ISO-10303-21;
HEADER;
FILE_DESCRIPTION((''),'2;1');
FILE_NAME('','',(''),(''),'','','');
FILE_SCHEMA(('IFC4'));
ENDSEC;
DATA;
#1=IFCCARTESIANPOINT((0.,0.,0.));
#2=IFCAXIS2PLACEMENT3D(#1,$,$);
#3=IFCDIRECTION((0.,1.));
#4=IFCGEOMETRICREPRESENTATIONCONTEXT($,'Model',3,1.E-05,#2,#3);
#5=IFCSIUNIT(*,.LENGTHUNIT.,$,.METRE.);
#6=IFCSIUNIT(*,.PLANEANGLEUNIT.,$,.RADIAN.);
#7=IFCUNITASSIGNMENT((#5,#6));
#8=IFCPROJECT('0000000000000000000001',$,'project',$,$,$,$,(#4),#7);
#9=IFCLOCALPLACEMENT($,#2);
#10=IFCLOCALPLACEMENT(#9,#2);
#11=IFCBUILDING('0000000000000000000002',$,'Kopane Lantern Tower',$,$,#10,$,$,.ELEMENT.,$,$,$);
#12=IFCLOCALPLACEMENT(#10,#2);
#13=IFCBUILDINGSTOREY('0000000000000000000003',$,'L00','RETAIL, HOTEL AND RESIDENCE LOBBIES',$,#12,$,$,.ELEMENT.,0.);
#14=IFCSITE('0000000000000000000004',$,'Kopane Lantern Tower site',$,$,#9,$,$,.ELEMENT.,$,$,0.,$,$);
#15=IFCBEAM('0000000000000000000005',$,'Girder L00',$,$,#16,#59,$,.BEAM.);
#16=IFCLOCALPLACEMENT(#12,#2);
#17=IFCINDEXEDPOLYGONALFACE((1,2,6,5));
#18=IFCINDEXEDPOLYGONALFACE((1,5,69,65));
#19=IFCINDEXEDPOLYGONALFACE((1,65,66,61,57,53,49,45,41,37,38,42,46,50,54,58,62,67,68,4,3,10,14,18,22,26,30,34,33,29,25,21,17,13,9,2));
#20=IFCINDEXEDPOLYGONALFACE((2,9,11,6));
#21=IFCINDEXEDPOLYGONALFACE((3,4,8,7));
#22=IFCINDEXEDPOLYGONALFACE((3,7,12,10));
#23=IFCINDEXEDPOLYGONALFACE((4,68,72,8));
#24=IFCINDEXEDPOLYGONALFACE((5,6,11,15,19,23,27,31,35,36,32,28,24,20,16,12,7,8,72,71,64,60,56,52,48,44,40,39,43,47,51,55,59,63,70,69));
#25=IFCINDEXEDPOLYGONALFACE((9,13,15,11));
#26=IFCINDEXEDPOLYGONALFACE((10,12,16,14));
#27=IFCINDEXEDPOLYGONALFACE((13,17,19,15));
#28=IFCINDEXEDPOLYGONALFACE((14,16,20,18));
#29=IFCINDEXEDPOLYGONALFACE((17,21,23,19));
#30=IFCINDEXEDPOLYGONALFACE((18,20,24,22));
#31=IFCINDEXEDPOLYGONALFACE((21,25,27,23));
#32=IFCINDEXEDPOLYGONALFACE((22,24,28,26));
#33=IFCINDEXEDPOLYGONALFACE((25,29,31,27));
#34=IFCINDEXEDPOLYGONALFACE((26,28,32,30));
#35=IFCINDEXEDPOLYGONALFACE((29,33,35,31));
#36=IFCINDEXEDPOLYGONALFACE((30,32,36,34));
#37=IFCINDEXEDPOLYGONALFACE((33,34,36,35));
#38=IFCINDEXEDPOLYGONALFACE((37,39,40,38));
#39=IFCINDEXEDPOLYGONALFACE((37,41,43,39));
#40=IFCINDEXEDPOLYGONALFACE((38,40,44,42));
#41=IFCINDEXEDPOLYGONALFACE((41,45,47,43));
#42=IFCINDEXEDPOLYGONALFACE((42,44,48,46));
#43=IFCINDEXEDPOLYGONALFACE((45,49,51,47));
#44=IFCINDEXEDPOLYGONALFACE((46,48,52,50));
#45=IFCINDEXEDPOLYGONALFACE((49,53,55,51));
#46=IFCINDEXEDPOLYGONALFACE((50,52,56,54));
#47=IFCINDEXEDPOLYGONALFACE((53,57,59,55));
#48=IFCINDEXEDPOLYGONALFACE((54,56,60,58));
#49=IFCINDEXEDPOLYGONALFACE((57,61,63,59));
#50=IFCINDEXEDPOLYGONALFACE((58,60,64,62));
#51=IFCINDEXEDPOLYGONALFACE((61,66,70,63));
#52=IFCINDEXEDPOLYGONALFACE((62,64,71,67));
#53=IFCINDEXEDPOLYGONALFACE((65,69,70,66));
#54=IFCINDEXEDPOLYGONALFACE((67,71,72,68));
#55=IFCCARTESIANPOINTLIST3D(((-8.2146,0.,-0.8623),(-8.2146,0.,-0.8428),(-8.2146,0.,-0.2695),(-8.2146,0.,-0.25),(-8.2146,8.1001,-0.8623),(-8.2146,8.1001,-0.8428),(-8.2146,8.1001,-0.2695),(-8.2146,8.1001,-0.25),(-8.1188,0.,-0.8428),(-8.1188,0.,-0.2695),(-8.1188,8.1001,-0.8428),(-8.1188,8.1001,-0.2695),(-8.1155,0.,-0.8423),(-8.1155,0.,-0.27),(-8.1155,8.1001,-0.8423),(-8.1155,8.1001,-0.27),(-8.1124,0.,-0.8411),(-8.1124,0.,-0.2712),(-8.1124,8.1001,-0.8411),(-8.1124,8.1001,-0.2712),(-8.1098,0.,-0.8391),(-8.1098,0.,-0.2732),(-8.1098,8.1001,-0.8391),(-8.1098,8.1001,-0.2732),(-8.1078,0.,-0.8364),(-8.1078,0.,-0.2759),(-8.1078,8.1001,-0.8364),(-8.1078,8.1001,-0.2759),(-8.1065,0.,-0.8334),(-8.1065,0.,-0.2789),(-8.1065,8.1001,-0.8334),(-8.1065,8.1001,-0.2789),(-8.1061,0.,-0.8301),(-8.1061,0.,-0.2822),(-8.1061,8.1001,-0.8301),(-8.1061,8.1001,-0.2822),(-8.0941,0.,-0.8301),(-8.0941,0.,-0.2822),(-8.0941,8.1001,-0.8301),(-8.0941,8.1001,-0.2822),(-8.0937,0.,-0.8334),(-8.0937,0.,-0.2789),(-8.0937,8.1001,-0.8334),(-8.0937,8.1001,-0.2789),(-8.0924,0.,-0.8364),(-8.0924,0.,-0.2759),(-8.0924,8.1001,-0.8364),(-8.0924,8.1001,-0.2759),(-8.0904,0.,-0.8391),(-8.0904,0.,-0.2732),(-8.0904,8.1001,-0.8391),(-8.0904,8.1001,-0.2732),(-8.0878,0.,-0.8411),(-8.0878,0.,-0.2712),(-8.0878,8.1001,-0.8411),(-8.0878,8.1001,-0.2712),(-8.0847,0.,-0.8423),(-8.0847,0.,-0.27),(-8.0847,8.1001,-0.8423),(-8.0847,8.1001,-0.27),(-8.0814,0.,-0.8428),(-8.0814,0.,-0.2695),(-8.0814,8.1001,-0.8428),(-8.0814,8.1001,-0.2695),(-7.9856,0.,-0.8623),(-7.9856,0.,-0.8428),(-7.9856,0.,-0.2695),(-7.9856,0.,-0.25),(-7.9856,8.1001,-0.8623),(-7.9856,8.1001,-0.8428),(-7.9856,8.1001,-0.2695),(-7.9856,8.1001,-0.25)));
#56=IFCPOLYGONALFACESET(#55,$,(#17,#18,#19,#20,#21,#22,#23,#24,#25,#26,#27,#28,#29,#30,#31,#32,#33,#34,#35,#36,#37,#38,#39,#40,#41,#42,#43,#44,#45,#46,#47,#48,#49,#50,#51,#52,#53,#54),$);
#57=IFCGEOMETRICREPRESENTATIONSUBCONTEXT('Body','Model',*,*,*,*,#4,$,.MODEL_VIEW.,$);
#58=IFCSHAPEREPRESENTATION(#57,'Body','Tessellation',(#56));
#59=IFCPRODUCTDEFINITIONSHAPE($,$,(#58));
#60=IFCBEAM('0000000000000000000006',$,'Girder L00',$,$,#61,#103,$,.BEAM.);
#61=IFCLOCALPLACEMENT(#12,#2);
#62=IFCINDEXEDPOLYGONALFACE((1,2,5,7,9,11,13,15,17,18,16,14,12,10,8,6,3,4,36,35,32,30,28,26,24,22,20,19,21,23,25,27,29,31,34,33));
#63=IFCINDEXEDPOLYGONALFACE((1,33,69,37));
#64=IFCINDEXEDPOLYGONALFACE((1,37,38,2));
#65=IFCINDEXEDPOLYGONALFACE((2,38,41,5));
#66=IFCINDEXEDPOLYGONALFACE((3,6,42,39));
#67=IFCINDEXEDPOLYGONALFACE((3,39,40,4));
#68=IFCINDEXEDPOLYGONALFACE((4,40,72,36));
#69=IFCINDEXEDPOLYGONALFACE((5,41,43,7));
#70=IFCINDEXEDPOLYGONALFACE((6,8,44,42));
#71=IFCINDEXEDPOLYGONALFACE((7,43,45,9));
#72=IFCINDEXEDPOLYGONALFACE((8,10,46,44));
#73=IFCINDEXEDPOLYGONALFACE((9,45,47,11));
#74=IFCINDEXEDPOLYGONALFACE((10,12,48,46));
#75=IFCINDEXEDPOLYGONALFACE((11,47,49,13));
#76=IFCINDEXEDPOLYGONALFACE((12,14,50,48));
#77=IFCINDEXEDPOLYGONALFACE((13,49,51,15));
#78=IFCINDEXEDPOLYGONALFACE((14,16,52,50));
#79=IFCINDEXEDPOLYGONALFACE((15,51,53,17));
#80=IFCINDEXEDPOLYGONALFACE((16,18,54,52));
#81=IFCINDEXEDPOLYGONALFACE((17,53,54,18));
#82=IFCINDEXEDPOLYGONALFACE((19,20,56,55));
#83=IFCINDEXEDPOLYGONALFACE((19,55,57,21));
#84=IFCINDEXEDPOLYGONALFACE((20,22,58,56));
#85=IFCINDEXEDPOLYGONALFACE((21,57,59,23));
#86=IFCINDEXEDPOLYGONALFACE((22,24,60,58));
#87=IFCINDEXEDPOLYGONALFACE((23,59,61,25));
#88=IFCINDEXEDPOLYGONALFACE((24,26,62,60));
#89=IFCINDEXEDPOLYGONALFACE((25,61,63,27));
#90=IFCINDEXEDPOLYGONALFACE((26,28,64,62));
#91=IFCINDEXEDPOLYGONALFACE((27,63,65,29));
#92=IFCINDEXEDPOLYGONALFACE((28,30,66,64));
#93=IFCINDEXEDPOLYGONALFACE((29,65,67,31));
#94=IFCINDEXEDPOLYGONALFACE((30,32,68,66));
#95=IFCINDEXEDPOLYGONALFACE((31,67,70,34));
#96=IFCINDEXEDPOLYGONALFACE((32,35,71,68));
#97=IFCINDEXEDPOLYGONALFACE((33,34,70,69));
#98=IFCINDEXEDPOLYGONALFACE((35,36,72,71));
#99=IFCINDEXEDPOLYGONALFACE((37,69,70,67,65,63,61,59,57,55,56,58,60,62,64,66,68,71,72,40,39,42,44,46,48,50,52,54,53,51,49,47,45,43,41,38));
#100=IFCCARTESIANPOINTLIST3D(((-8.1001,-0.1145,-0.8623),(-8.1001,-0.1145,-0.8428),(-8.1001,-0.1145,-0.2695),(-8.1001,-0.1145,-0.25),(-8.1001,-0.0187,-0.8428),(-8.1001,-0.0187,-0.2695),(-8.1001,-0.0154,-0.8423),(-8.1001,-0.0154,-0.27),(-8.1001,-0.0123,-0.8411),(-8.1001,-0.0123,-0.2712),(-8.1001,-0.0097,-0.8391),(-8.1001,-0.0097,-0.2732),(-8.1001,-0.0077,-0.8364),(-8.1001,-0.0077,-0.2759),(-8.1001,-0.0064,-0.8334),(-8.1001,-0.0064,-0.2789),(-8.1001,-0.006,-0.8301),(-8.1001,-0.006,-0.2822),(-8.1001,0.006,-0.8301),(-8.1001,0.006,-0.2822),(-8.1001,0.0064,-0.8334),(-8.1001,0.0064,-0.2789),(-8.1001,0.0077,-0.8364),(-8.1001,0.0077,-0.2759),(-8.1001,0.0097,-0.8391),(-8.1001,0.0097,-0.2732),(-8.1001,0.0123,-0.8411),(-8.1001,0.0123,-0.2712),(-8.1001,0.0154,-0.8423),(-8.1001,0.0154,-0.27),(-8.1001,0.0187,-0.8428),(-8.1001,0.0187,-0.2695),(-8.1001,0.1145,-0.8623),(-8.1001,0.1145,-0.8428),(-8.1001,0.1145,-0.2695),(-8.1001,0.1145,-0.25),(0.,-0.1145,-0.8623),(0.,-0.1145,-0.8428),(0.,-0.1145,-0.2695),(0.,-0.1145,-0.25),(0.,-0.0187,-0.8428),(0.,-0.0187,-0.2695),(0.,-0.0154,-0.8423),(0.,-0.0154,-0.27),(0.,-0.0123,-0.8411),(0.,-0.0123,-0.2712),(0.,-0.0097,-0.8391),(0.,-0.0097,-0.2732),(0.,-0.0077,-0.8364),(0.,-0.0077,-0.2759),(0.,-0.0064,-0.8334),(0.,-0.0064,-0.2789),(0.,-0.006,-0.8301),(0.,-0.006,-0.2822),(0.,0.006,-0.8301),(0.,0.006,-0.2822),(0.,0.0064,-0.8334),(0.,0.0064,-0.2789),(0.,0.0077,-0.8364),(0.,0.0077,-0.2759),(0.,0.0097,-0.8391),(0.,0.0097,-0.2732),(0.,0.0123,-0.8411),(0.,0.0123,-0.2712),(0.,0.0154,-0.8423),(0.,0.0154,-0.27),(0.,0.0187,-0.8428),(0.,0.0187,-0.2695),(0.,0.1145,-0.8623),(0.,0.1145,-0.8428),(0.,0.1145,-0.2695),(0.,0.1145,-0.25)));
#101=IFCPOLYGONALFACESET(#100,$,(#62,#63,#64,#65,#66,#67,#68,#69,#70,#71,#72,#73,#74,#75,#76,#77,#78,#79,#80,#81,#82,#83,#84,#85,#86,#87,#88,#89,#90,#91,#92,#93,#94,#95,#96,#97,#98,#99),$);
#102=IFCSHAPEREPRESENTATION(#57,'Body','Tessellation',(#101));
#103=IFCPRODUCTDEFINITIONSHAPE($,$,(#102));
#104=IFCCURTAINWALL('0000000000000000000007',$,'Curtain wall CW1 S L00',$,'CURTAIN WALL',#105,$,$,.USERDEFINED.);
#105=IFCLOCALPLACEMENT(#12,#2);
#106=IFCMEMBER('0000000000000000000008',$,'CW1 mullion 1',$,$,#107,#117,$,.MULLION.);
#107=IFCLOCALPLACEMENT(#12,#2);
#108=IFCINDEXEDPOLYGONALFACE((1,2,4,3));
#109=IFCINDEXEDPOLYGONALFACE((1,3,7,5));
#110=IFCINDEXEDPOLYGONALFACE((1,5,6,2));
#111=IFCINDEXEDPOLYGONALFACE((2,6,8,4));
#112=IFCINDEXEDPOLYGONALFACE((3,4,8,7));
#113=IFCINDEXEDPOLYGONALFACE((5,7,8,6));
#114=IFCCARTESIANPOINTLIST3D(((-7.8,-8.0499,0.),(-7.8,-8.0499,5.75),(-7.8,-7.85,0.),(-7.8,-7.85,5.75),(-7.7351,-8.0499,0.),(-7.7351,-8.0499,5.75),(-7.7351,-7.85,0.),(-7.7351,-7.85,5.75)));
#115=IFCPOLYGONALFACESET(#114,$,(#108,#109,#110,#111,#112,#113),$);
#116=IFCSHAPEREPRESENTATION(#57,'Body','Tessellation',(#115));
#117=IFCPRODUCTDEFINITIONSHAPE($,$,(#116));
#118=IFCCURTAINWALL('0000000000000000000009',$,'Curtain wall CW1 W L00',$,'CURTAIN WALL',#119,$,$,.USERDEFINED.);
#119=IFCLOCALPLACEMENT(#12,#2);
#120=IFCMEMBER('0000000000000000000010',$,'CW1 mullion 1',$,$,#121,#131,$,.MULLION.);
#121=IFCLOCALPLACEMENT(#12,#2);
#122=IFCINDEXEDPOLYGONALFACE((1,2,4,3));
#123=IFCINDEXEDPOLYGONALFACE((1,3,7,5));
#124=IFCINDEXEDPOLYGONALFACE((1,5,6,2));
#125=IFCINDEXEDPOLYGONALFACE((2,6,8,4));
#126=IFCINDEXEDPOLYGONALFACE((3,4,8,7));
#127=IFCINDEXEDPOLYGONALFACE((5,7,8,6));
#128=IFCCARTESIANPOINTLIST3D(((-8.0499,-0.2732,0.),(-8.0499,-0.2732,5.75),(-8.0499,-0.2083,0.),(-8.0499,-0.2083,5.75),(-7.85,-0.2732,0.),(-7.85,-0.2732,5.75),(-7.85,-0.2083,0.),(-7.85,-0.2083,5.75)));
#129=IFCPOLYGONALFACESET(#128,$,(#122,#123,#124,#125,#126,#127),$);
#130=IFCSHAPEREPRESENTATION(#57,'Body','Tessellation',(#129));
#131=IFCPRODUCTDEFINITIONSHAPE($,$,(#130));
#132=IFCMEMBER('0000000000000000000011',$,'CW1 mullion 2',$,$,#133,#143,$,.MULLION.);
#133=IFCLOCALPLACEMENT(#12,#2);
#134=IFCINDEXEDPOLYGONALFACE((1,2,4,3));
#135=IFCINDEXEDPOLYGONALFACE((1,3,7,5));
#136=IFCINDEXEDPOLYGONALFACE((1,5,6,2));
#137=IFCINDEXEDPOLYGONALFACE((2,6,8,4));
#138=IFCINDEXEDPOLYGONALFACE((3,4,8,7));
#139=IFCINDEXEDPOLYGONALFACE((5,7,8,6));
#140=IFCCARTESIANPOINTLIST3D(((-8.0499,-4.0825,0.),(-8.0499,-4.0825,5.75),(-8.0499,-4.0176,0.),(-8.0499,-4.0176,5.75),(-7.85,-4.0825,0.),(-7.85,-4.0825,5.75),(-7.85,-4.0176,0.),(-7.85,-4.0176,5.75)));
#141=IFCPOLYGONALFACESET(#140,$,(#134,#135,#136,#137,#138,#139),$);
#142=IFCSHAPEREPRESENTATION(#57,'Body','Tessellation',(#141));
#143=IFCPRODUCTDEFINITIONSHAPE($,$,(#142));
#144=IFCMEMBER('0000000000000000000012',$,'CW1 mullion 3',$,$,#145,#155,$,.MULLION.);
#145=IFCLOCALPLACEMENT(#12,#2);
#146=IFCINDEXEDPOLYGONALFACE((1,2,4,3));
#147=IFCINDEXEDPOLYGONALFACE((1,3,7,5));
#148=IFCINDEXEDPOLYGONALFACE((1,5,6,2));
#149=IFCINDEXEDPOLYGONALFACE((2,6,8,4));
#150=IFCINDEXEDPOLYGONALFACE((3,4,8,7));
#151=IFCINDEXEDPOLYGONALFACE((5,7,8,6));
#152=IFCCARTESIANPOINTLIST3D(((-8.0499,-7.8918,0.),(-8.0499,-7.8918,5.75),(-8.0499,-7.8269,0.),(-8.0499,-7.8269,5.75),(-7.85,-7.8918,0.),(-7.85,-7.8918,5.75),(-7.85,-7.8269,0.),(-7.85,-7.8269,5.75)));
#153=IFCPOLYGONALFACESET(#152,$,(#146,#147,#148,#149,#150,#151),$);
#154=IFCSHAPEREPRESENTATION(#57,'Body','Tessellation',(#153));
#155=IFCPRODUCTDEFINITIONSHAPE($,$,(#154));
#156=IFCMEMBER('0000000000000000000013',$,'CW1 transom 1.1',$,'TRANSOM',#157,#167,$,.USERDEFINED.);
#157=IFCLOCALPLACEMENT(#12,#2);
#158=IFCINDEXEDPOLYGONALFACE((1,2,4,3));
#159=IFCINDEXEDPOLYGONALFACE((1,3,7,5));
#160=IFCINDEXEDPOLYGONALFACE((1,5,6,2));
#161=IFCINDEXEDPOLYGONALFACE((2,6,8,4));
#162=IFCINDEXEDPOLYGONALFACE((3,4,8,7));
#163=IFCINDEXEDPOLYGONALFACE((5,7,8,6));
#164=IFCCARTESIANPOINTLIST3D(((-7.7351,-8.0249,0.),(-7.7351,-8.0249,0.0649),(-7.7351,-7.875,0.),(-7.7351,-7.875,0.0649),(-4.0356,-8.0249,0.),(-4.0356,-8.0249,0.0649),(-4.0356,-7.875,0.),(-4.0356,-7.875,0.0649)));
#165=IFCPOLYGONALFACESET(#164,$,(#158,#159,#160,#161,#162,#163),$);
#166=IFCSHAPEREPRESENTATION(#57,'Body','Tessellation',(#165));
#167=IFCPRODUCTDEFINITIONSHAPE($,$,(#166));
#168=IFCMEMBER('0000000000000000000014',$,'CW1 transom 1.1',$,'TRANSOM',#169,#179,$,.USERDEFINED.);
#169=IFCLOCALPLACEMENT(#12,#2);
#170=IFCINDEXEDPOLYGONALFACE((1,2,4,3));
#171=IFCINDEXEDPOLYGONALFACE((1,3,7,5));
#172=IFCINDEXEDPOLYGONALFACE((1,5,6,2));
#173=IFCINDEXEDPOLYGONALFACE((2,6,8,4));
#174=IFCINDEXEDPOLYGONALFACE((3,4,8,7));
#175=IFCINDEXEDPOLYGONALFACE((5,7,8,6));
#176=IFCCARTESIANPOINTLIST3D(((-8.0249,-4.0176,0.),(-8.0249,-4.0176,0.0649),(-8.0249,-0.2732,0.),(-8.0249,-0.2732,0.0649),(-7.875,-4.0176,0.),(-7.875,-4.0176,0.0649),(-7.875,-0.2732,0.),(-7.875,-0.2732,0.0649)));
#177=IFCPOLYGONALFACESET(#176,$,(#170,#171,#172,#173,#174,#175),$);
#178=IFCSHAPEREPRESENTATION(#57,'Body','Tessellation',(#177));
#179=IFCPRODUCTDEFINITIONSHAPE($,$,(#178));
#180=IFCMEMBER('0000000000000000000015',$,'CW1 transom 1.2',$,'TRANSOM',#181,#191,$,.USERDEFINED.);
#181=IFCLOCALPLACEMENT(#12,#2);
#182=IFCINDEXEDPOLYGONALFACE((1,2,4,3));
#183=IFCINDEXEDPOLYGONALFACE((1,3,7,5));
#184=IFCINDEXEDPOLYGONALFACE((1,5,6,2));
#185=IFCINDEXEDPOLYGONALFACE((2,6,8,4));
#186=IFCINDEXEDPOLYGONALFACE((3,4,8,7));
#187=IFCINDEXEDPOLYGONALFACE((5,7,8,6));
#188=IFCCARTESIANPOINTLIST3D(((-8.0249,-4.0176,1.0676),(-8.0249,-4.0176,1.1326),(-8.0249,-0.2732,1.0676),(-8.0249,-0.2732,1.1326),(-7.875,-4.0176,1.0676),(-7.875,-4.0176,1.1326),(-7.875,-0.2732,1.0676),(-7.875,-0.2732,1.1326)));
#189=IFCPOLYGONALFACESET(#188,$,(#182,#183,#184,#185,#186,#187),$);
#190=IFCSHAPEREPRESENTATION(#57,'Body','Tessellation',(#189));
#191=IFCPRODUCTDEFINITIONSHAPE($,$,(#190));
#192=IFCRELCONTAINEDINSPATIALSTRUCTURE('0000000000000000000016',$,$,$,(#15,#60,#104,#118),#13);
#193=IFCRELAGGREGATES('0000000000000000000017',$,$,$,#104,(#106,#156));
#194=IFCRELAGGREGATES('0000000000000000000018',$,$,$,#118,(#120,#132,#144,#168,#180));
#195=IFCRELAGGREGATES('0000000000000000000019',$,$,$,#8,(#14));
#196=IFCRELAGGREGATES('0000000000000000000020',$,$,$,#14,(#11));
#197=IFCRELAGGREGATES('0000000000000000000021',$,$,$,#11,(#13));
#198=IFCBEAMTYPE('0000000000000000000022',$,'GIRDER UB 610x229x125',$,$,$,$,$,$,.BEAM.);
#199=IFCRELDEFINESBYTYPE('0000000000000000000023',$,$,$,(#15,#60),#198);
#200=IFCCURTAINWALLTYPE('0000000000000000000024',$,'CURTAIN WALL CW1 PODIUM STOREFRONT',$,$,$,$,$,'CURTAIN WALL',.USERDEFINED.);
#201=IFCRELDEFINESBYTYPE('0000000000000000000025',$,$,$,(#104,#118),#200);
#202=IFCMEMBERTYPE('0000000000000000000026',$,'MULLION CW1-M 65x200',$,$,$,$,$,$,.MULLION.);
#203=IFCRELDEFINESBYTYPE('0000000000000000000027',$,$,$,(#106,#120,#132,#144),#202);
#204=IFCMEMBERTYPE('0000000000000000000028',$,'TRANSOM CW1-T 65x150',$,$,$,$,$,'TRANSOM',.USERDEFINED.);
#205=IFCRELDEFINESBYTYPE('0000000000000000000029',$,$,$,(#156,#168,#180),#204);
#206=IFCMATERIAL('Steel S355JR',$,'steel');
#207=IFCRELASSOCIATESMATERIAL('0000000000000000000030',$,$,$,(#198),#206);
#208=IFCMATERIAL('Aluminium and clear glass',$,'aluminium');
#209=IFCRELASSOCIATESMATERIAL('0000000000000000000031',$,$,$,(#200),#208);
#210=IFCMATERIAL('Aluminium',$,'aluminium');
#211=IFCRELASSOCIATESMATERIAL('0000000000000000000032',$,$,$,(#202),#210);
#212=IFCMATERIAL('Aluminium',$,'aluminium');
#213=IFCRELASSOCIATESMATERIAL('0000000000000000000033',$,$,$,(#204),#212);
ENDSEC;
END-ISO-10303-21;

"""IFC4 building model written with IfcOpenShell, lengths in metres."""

from ifc_helpers import new_model, si_unit, direction, frame, origin, origin_2d, place, context, subcontext, project, spatial, rectangle, i_section, extrude, material, material_profile, profile_set, type_object, element, aggregate, save


model = new_model("IFC4")

# Units and contexts
model_context = context("Model", 3, precision=1e-05, world=origin(), true_north=direction((0.0, 1.0)))
body_context = subcontext(model_context, "Body", "Model", "MODEL_VIEW")
ifc_project = project(units=[si_unit("LENGTHUNIT", "METRE"), si_unit("PLANEANGLEUNIT", "RADIAN")], contexts=[model_context])

# Site, building, storey
site_placement = place(None, origin())
site = spatial("IfcSite", under=ifc_project, at=site_placement, Name="Kopane Lantern Tower site", CompositionType="ELEMENT", RefElevation=0.0)
building_placement = place(site_placement, origin())
building = spatial("IfcBuilding", under=site, at=building_placement, Name="Kopane Lantern Tower", CompositionType="ELEMENT")
storey_placement = place(building_placement, origin())
storey = spatial("IfcBuildingStorey", under=building, at=storey_placement, Name="L00", Description="RETAIL, HOTEL AND RESIDENCE LOBBIES", CompositionType="ELEMENT", Elevation=0.0)

# Beams
ifc_material_1 = material(Name="Steel S355JR", Category="steel")
ifc_material_profile_1 = material_profile(ifc_material_1, i_section(OverallWidth=0.229, OverallDepth=0.6123, WebThickness=0.012, FlangeThickness=0.0195, FilletRadius=0.0127, at=origin_2d()), Name="UB 610x229x125")
ifc_profile_set_1 = profile_set([ifc_material_profile_1], Name="Steel S355JR")
beam_type = type_object("IfcBeamType", Name="GIRDER UB 610x229x125", PredefinedType="BEAM", material=ifc_profile_set_1)
for number, where, z_axis, x_axis, name in (
    (1, (-8.1001, 0.0, -0.5562), (0.0, 1.0, 0.0), (-1.0, 0.0, 0.0), "Girder L00"),
    (2, (-8.1001, 0.0, -0.5562), (1.0, 0.0, 0.0), (0.0, 1.0, 0.0), "Girder L00"),
):
    element("IfcBeam", number, at=place(storey_placement, frame(where, z_axis=z_axis, x_axis=x_axis)), inside=storey, type_object=beam_type, Name=name, PredefinedType="BEAM", context=body_context, shape_type="SweptSolid", body=[
        extrude(i_section(OverallWidth=0.229, OverallDepth=0.6123, WebThickness=0.012, FlangeThickness=0.0195, FilletRadius=0.0127, at=origin_2d()), origin(), (0.0, 0.0, 1.0), 8.1001),
    ])

# Curtain wall, member
ifc_material_2 = material(Name="Aluminium and clear glass", Category="aluminium")
curtain_wall_type = type_object("IfcCurtainWallType", Name="CURTAIN WALL CW1 PODIUM STOREFRONT", ElementType="CURTAIN WALL", PredefinedType="USERDEFINED", material=ifc_material_2)
curtain_wall_1_placement = place(storey_placement, origin())
curtain_wall_1 = element("IfcCurtainWall", 3, at=curtain_wall_1_placement, inside=storey, type_object=curtain_wall_type, Name="Curtain wall CW1 S L00", ObjectType="CURTAIN WALL", PredefinedType="USERDEFINED")
ifc_material_3 = material(Name="Aluminium", Category="aluminium")
ifc_material_profile_2 = material_profile(ifc_material_3, rectangle(XDim=0.0649, YDim=0.2, at=origin_2d()), Name="AL 65x200")
ifc_profile_set_2 = profile_set([ifc_material_profile_2], Name="Aluminium")
member_type_1 = type_object("IfcMemberType", Name="MULLION CW1-M 65x200", PredefinedType="MULLION", material=ifc_profile_set_2)
member_1_placement = place(storey_placement, frame((-7.7676, -7.95, 0.0), z_axis=(0.0, 0.0, 1.0), x_axis=(1.0, 0.0, 0.0)))
member_1 = element("IfcMember", 4, at=member_1_placement, type_object=member_type_1, Name="CW1 mullion 1", PredefinedType="MULLION", context=body_context, shape_type="SweptSolid", body=[
    extrude(rectangle(XDim=0.0649, YDim=0.2, at=origin_2d()), origin(), (0.0, 0.0, 1.0), 5.75),
])

# Curtain wall, members
curtain_wall_2_placement = place(storey_placement, origin())
curtain_wall_2 = element("IfcCurtainWall", 5, at=curtain_wall_2_placement, inside=storey, type_object=curtain_wall_type, Name="Curtain wall CW1 W L00", ObjectType="CURTAIN WALL", PredefinedType="USERDEFINED")
member_2_placement = place(storey_placement, frame((-7.95, -0.2407, 0.0), z_axis=(0.0, 0.0, 1.0), x_axis=(0.0, -1.0, 0.0)))
member_2 = element("IfcMember", 6, at=member_2_placement, type_object=member_type_1, Name="CW1 mullion 1", PredefinedType="MULLION", context=body_context, shape_type="SweptSolid", body=[
    extrude(rectangle(XDim=0.0649, YDim=0.2, at=origin_2d()), origin(), (0.0, 0.0, 1.0), 5.75),
])
member_3_placement = place(storey_placement, frame((-7.95, -4.05, 0.0), z_axis=(0.0, 0.0, 1.0), x_axis=(0.0, -1.0, 0.0)))
member_3 = element("IfcMember", 7, at=member_3_placement, type_object=member_type_1, Name="CW1 mullion 2", PredefinedType="MULLION", context=body_context, shape_type="SweptSolid", body=[
    extrude(rectangle(XDim=0.0649, YDim=0.2, at=origin_2d()), origin(), (0.0, 0.0, 1.0), 5.75),
])
member_4_placement = place(storey_placement, frame((-7.95, -7.8594, 0.0), z_axis=(0.0, 0.0, 1.0), x_axis=(0.0, -1.0, 0.0)))
member_4 = element("IfcMember", 8, at=member_4_placement, type_object=member_type_1, Name="CW1 mullion 3", PredefinedType="MULLION", context=body_context, shape_type="SweptSolid", body=[
    extrude(rectangle(XDim=0.0649, YDim=0.2, at=origin_2d()), origin(), (0.0, 0.0, 1.0), 5.75),
])

# Members
ifc_material_4 = material(Name="Aluminium", Category="aluminium")
ifc_material_profile_3 = material_profile(ifc_material_4, rectangle(XDim=0.1499, YDim=0.0649, at=origin_2d()), Name="AL 150x65")
ifc_profile_set_3 = profile_set([ifc_material_profile_3], Name="Aluminium")
member_type_2 = type_object("IfcMemberType", Name="TRANSOM CW1-T 65x150", ElementType="TRANSOM", PredefinedType="USERDEFINED", material=ifc_profile_set_3)
member_5_placement = place(storey_placement, frame((-7.7351, -7.95, 0.0325), z_axis=(1.0, 0.0, 0.0), x_axis=(0.0, 1.0, 0.0)))
member_5 = element("IfcMember", 9, at=member_5_placement, type_object=member_type_2, Name="CW1 transom 1.1", ObjectType="TRANSOM", PredefinedType="USERDEFINED", context=body_context, shape_type="SweptSolid", body=[
    extrude(rectangle(XDim=0.1499, YDim=0.0649, at=origin_2d()), origin(), (0.0, 0.0, 1.0), 3.6995),
])
aggregate(curtain_wall_1, [member_1, member_5])
member_6_placement = place(storey_placement, frame((-7.95, -0.2732, 0.0325), z_axis=(0.0, -1.0, 0.0), x_axis=(1.0, 0.0, 0.0)))
member_6 = element("IfcMember", 10, at=member_6_placement, type_object=member_type_2, Name="CW1 transom 1.1", ObjectType="TRANSOM", PredefinedType="USERDEFINED", context=body_context, shape_type="SweptSolid", body=[
    extrude(rectangle(XDim=0.1499, YDim=0.0649, at=origin_2d()), origin(), (0.0, 0.0, 1.0), 3.7444),
])
member_7_placement = place(storey_placement, frame((-7.95, -0.2732, 1.1001), z_axis=(0.0, -1.0, 0.0), x_axis=(1.0, 0.0, 0.0)))
member_7 = element("IfcMember", 11, at=member_7_placement, type_object=member_type_2, Name="CW1 transom 1.2", ObjectType="TRANSOM", PredefinedType="USERDEFINED", context=body_context, shape_type="SweptSolid", body=[
    extrude(rectangle(XDim=0.1499, YDim=0.0649, at=origin_2d()), origin(), (0.0, 0.0, 1.0), 3.7444),
])

aggregate(curtain_wall_2, [member_2, member_3, member_4, member_6, member_7])

save(model, "model.ifc")
